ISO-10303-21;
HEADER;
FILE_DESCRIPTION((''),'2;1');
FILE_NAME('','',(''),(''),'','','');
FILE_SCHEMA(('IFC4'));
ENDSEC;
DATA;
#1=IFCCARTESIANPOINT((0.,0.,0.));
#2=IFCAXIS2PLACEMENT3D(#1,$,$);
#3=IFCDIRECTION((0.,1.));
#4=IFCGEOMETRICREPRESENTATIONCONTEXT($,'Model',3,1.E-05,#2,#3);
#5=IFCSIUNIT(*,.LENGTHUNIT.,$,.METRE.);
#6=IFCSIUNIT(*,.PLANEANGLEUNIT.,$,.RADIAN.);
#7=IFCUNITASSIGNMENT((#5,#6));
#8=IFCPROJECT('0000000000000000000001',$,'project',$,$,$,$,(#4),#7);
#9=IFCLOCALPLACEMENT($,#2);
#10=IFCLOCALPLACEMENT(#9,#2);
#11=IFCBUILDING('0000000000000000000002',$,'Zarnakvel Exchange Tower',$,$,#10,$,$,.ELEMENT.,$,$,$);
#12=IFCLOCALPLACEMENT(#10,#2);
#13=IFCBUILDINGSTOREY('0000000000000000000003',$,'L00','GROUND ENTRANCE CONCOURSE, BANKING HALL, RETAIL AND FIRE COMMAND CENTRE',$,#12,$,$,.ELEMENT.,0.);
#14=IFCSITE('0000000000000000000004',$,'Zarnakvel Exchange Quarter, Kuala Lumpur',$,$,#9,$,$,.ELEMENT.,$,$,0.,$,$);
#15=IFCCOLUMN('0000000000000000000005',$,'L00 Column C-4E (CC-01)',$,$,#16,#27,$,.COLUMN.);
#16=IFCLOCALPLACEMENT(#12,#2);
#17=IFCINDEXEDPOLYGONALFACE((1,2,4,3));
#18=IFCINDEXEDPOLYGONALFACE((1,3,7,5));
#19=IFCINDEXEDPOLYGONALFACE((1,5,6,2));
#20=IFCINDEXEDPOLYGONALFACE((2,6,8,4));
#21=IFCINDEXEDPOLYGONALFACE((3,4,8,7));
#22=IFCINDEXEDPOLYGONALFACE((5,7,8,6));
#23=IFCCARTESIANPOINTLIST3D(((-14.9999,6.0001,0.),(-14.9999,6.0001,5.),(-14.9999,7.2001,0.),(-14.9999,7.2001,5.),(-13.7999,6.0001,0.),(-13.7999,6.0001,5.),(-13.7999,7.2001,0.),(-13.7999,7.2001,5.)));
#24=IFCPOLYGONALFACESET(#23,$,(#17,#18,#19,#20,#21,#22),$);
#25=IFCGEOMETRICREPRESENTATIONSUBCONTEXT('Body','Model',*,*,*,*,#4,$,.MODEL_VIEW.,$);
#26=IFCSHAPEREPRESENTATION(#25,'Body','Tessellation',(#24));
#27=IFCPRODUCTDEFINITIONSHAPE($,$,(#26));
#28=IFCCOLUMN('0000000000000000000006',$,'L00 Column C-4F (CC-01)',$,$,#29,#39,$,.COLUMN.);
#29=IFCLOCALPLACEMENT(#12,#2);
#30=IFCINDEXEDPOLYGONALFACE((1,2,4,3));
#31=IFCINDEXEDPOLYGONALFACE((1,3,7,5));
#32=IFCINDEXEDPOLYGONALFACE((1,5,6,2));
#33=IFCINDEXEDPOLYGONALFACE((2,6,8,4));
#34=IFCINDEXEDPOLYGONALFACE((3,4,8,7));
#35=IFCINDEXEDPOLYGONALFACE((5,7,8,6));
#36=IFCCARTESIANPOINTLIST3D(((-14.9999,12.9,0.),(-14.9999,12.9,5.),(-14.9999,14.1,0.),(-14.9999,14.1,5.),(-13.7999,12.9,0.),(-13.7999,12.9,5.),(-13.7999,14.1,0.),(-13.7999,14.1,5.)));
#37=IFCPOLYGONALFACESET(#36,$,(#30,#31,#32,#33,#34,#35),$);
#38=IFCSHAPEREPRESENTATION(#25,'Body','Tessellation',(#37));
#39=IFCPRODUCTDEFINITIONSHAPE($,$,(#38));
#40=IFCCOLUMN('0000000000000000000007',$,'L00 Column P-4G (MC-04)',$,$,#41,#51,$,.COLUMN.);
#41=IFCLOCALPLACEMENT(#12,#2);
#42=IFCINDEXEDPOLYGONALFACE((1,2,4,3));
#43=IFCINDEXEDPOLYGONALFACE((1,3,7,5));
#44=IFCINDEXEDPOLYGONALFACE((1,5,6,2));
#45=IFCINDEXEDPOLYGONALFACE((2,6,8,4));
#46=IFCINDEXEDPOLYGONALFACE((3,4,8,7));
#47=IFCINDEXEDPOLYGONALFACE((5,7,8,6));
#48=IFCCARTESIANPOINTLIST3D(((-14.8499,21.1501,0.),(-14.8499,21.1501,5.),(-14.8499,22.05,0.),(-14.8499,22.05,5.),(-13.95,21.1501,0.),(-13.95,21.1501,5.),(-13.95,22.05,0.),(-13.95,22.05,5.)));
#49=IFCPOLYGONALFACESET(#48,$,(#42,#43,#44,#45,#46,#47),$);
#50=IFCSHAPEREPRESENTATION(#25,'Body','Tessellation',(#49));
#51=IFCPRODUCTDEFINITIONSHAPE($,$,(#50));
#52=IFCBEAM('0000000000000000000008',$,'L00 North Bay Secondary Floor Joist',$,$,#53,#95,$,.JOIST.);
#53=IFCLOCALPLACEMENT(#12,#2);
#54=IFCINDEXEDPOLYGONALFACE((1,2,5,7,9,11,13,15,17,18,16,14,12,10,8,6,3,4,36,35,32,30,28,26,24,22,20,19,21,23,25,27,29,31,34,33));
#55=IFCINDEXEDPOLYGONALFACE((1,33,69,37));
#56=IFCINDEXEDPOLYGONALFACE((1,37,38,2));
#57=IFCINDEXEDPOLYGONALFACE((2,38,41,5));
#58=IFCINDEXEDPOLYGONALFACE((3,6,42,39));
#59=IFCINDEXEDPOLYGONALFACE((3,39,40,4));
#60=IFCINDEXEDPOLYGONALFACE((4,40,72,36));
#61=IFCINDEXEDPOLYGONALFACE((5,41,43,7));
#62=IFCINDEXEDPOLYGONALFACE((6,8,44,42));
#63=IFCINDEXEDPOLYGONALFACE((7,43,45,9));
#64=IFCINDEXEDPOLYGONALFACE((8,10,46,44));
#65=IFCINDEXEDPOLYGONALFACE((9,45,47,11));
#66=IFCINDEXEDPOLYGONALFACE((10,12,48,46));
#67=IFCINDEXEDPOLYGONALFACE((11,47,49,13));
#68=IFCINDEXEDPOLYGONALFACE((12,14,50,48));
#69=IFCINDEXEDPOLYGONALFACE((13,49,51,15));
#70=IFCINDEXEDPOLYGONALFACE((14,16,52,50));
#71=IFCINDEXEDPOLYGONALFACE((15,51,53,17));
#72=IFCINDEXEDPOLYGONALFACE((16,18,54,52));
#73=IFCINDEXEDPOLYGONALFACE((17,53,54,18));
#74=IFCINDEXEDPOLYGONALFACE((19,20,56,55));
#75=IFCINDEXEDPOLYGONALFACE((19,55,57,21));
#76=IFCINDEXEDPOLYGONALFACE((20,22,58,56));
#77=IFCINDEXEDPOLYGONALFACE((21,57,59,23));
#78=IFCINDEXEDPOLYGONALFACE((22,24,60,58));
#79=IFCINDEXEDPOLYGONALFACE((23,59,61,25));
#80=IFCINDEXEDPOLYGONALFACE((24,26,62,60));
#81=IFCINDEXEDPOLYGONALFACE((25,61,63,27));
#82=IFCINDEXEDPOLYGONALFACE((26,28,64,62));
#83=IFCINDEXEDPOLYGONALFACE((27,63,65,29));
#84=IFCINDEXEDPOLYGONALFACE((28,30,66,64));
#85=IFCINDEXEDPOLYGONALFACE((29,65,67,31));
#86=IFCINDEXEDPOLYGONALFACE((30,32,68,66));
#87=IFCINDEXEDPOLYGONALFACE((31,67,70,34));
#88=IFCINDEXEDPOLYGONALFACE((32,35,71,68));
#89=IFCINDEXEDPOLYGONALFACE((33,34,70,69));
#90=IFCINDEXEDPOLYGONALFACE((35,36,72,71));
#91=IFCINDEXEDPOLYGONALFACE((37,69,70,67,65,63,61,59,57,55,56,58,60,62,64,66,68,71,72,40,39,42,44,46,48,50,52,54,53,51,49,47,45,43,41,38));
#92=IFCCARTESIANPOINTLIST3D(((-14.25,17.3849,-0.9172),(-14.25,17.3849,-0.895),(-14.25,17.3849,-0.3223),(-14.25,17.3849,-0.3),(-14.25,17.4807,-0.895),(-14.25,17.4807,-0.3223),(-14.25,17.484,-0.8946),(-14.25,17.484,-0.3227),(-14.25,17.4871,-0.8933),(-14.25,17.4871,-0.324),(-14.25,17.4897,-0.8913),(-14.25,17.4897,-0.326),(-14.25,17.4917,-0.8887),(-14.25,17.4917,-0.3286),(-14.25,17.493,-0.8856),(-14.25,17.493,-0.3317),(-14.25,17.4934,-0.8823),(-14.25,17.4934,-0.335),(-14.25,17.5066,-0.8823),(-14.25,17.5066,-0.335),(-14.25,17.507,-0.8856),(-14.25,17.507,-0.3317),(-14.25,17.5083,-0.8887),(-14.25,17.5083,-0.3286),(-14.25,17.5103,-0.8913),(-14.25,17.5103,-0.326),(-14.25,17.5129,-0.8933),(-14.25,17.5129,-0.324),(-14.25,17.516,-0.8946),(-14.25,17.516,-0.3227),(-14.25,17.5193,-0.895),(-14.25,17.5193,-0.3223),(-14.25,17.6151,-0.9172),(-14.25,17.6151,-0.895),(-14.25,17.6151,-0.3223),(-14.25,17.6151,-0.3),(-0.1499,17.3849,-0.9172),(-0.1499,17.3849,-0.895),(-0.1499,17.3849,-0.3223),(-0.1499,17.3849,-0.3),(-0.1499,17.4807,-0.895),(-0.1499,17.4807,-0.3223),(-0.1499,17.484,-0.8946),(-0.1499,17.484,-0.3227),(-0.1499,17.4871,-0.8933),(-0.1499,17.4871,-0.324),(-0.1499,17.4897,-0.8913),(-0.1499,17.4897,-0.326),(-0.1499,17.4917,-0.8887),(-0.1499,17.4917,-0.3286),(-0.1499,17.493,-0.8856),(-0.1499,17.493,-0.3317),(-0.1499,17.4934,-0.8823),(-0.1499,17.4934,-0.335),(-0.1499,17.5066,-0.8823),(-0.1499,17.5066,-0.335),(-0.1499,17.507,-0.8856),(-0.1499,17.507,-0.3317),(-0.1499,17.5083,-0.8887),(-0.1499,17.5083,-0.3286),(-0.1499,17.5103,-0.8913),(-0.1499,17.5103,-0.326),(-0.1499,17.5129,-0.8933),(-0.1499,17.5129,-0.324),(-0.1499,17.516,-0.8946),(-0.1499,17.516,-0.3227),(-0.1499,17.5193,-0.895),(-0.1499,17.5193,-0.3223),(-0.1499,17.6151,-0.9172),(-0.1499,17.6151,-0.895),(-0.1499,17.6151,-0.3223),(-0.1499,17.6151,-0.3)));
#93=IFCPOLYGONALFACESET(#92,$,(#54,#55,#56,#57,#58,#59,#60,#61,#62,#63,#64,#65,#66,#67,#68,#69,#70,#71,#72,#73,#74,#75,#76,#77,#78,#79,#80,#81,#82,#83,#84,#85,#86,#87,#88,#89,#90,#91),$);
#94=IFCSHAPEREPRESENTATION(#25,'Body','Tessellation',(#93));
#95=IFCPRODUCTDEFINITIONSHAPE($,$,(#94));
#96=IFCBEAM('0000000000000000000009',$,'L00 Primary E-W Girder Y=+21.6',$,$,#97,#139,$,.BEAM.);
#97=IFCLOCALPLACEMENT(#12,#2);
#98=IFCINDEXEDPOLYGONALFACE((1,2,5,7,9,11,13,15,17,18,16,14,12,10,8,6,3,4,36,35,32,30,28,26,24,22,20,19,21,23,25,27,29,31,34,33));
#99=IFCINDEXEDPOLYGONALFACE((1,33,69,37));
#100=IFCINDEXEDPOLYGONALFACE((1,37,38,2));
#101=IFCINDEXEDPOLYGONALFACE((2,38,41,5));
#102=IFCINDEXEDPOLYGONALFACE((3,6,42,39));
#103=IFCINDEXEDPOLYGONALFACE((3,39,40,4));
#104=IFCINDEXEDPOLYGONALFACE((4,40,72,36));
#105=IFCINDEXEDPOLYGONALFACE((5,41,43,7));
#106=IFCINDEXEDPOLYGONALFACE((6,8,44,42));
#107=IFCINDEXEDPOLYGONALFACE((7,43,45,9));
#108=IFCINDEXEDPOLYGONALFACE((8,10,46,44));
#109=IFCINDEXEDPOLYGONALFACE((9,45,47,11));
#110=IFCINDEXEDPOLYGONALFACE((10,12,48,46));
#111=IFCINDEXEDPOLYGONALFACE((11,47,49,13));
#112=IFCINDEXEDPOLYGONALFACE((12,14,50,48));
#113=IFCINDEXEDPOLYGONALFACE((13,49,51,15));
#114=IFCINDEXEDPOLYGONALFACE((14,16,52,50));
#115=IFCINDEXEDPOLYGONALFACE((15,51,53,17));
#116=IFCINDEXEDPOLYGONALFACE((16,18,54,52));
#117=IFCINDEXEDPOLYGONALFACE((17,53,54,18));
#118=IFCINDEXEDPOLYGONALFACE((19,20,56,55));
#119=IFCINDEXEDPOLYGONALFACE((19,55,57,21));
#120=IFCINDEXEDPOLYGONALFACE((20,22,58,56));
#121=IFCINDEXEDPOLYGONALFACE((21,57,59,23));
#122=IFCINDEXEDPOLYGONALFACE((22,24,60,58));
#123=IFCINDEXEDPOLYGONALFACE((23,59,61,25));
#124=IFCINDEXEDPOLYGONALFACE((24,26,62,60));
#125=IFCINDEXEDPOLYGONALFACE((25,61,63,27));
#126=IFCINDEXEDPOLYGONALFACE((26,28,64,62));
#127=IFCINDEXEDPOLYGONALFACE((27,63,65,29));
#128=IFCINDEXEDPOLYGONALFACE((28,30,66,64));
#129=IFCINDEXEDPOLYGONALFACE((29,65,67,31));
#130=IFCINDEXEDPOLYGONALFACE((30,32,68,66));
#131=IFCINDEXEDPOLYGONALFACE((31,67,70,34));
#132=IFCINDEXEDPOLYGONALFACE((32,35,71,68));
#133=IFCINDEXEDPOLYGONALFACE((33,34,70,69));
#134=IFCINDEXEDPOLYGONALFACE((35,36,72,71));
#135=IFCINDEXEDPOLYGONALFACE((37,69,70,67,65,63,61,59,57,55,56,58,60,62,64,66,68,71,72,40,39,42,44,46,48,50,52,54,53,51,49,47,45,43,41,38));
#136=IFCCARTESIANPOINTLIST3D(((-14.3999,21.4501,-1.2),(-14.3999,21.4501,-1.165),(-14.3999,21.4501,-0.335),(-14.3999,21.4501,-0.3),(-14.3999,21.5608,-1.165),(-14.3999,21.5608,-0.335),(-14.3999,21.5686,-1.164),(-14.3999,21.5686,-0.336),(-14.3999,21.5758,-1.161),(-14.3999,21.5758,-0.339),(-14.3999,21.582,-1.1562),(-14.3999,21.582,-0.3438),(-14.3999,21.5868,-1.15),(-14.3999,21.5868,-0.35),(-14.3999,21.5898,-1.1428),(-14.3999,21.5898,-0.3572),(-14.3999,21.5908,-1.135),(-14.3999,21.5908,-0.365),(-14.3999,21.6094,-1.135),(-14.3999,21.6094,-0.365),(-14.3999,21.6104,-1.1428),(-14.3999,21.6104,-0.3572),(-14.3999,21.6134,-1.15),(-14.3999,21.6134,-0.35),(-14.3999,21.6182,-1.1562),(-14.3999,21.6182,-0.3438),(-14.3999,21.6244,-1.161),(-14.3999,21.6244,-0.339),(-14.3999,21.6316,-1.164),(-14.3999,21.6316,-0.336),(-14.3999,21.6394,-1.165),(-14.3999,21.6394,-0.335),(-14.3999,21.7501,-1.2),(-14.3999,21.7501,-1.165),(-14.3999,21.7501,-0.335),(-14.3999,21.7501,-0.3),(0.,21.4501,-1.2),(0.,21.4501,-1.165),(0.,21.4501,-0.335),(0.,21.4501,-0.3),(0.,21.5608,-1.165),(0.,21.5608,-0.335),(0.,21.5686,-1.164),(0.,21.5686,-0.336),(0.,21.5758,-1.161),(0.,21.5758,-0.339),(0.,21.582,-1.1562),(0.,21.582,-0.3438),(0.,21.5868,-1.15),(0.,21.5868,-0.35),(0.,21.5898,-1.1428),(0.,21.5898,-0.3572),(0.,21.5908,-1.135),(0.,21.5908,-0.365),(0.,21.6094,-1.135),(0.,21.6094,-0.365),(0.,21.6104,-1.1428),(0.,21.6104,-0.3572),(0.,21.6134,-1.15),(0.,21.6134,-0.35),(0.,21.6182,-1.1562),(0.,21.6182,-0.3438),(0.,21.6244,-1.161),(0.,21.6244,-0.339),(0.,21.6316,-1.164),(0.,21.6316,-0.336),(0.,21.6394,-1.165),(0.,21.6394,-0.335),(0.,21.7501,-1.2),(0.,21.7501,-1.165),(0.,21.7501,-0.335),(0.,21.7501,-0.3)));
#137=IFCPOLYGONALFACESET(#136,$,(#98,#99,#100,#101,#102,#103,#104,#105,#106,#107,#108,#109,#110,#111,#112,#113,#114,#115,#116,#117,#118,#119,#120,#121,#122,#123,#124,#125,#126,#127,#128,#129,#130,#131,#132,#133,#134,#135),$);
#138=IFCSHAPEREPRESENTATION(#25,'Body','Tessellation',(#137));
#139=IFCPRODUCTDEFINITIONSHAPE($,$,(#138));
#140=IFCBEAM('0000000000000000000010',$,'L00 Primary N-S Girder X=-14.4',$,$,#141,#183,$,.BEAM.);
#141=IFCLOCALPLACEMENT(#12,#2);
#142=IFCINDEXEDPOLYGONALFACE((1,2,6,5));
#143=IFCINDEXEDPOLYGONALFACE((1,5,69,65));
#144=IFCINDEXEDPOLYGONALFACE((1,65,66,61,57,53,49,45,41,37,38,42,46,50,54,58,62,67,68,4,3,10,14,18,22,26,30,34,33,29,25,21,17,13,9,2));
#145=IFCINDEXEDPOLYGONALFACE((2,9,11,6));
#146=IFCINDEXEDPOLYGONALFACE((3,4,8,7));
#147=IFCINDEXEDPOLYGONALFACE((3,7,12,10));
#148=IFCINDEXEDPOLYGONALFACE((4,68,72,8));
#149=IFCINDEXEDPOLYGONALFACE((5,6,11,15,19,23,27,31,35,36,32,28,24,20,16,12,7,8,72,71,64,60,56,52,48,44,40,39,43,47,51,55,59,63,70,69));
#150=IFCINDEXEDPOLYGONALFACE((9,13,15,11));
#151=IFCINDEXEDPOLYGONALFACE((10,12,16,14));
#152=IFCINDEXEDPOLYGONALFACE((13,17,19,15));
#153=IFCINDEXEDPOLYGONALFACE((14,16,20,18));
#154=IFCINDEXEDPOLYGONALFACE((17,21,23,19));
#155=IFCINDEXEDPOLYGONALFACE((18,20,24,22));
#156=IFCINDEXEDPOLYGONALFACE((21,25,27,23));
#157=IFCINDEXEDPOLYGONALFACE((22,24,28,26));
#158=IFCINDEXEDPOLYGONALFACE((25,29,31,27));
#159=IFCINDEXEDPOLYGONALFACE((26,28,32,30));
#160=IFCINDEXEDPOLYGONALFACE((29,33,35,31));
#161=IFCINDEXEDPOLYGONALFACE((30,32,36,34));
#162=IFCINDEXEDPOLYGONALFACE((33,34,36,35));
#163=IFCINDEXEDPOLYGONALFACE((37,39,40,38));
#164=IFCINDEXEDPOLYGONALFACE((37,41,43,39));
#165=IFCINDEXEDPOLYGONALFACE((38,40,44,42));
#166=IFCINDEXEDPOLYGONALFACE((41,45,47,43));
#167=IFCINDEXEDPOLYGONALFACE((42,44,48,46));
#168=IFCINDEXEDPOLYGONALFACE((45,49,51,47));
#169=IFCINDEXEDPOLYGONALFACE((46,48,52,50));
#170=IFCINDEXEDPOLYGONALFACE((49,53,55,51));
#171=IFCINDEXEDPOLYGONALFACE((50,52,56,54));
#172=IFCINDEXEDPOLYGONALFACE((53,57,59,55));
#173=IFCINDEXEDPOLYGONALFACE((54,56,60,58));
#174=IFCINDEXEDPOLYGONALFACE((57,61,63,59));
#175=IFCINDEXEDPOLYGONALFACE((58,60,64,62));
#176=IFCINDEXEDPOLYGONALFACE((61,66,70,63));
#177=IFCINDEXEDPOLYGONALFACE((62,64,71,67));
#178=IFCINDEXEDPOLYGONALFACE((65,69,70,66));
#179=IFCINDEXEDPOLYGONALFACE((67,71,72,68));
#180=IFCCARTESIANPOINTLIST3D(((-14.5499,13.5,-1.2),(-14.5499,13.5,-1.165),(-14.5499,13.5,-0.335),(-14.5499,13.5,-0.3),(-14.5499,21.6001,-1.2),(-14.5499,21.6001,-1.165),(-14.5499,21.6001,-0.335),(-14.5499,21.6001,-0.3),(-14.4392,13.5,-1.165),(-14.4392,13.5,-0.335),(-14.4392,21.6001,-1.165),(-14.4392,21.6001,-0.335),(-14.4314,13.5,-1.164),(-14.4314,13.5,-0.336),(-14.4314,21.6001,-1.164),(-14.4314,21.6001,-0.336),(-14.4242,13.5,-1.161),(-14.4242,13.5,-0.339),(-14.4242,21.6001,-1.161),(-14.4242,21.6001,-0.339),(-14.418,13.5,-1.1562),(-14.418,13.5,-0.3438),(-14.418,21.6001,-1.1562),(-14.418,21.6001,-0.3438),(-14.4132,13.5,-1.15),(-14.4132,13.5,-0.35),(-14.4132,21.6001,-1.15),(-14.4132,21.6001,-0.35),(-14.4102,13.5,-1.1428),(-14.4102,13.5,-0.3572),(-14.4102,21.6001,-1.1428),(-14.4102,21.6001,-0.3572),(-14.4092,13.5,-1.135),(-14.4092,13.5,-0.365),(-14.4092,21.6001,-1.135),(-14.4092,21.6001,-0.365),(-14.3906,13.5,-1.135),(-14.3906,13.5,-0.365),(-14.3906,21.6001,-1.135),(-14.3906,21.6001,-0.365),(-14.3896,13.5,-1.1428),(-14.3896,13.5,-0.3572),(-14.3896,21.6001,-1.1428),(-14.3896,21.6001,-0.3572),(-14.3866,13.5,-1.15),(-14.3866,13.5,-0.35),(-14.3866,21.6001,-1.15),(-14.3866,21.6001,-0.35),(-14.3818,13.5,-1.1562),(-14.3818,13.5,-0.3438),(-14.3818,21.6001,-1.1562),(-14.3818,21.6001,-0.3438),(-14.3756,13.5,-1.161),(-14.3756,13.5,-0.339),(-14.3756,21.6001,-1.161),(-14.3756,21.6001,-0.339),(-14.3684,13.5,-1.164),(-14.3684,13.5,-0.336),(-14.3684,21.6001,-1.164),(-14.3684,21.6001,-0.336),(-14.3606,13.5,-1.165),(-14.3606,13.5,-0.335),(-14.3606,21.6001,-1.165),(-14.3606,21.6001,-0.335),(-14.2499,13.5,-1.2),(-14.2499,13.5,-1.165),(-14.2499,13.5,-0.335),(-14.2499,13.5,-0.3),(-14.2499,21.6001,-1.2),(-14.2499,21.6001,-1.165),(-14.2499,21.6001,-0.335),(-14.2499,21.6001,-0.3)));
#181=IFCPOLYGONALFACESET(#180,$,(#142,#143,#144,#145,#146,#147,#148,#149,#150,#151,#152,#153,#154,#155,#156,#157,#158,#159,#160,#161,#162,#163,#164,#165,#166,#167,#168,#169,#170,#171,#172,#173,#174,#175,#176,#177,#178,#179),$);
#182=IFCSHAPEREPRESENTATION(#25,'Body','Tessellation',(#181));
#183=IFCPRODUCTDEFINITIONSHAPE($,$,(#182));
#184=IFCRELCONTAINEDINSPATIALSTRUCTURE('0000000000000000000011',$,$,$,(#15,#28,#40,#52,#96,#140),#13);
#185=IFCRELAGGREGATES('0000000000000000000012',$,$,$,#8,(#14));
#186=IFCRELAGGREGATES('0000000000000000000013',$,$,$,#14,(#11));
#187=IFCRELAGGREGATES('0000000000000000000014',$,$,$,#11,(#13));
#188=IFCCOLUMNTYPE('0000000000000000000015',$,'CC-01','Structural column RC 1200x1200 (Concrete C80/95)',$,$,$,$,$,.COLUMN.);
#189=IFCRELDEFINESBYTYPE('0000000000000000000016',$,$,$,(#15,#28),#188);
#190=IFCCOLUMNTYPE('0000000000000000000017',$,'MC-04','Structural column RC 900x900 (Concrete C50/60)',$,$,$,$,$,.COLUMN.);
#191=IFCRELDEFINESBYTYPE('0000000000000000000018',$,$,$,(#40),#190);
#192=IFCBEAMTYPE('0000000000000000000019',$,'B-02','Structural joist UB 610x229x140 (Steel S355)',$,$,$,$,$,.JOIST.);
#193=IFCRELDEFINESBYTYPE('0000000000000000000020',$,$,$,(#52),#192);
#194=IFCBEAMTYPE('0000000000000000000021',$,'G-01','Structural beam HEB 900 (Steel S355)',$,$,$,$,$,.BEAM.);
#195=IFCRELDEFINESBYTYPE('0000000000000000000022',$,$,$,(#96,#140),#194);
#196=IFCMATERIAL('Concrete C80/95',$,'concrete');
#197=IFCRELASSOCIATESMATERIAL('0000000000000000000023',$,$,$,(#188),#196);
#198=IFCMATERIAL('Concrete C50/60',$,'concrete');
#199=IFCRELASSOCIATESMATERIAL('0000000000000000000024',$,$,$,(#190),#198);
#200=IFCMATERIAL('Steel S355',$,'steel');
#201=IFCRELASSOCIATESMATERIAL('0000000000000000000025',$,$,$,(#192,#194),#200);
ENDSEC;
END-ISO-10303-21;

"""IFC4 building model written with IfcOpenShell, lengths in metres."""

from ifc_helpers import new_model, si_unit, direction, frame, origin, origin_2d, place, context, subcontext, project, spatial, rectangle, i_section, extrude, material, material_profile, profile_set, type_object, element, save


model = new_model("IFC4")

# Units and contexts
model_context = context("Model", 3, precision=1e-05, world=origin(), true_north=direction((0.0, 1.0)))
body_context = subcontext(model_context, "Body", "Model", "MODEL_VIEW")
ifc_project = project(units=[si_unit("LENGTHUNIT", "METRE"), si_unit("PLANEANGLEUNIT", "RADIAN")], contexts=[model_context])

# Site, building, storey
site_placement = place(None, origin())
site = spatial("IfcSite", under=ifc_project, at=site_placement, Name="Zarnakvel Exchange Quarter, Kuala Lumpur", CompositionType="ELEMENT", RefElevation=0.0)
building_placement = place(site_placement, origin())
building = spatial("IfcBuilding", under=site, at=building_placement, Name="Zarnakvel Exchange Tower", CompositionType="ELEMENT")
storey_placement = place(building_placement, origin())
storey = spatial("IfcBuildingStorey", under=building, at=storey_placement, Name="L00", Description="GROUND ENTRANCE CONCOURSE, BANKING HALL, RETAIL AND FIRE COMMAND CENTRE", CompositionType="ELEMENT", Elevation=0.0)

# Columns
ifc_material_1 = material(Name="Concrete C80/95", Category="concrete")
ifc_material_profile_1 = material_profile(ifc_material_1, rectangle(XDim=1.2, YDim=1.2, at=origin_2d()))
ifc_profile_set_1 = profile_set([ifc_material_profile_1], Name="Concrete C80/95")
column_type_1 = type_object("IfcColumnType", Name="CC-01", Description="Structural column RC 1200x1200 (Concrete C80/95)", PredefinedType="COLUMN", material=ifc_profile_set_1)
for number, where, z_axis, x_axis, name in (
    (1, (-14.3999, 6.6001, 0.0), (0.0, 0.0, 1.0), (1.0, 0.0, 0.0), "L00 Column C-4E (CC-01)"),
    (2, (-14.3999, 13.5, 0.0), (0.0, 0.0, 1.0), (1.0, 0.0, 0.0), "L00 Column C-4F (CC-01)"),
):
    element("IfcColumn", number, at=place(storey_placement, frame(where, z_axis=z_axis, x_axis=x_axis)), inside=storey, type_object=column_type_1, Name=name, PredefinedType="COLUMN", context=body_context, shape_type="SweptSolid", body=[
        extrude(rectangle(XDim=1.2, YDim=1.2, at=origin_2d()), origin(), (0.0, 0.0, 1.0), 5.0),
    ])
ifc_material_2 = material(Name="Concrete C50/60", Category="concrete")
ifc_material_profile_2 = material_profile(ifc_material_2, rectangle(XDim=0.8999, YDim=0.8999, at=origin_2d()))
ifc_profile_set_2 = profile_set([ifc_material_profile_2], Name="Concrete C50/60")
column_type_2 = type_object("IfcColumnType", Name="MC-04", Description="Structural column RC 900x900 (Concrete C50/60)", PredefinedType="COLUMN", material=ifc_profile_set_2)
column_placement = place(storey_placement, frame((-14.3999, 21.6001, 0.0), z_axis=(0.0, 0.0, 1.0), x_axis=(1.0, 0.0, 0.0)))
element("IfcColumn", 3, at=column_placement, inside=storey, type_object=column_type_2, Name="L00 Column P-4G (MC-04)", PredefinedType="COLUMN", context=body_context, shape_type="SweptSolid", body=[
    extrude(rectangle(XDim=0.8999, YDim=0.8999, at=origin_2d()), origin(), (0.0, 0.0, 1.0), 5.0),
])

# Beams
ifc_material_3 = material(Name="Steel S355", Category="steel")
ifc_material_profile_3 = material_profile(ifc_material_3, i_section(OverallWidth=0.2302, OverallDepth=0.6172, WebThickness=0.0132, FlangeThickness=0.0222, FilletRadius=0.0127, at=origin_2d()))
ifc_profile_set_3 = profile_set([ifc_material_profile_3], Name="Steel S355")
beam_type_1 = type_object("IfcBeamType", Name="B-02", Description="Structural joist UB 610x229x140 (Steel S355)", PredefinedType="JOIST", material=ifc_profile_set_3)
beam_1_placement = place(storey_placement, frame((-14.25, 17.5, -0.6086), z_axis=(1.0, 0.0, 0.0), x_axis=(0.0, 1.0, 0.0)))
element("IfcBeam", 4, at=beam_1_placement, inside=storey, type_object=beam_type_1, Name="L00 North Bay Secondary Floor Joist", PredefinedType="JOIST", context=body_context, shape_type="SweptSolid", body=[
    extrude(i_section(OverallWidth=0.2302, OverallDepth=0.6172, WebThickness=0.0132, FlangeThickness=0.0222, FilletRadius=0.0127, at=origin_2d()), origin(), (0.0, 0.0, 1.0), 14.1001),
])
ifc_material_profile_4 = material_profile(ifc_material_3, i_section(OverallWidth=0.3, OverallDepth=0.8999, WebThickness=0.0186, FlangeThickness=0.0349, FilletRadius=0.03, at=origin_2d()))
ifc_profile_set_4 = profile_set([ifc_material_profile_4], Name="Steel S355")
beam_type_2 = type_object("IfcBeamType", Name="G-01", Description="Structural beam HEB 900 (Steel S355)", PredefinedType="BEAM", material=ifc_profile_set_4)
beam_2_placement = place(storey_placement, frame((-14.3999, 21.6001, -0.75), z_axis=(1.0, 0.0, 0.0), x_axis=(0.0, 1.0, 0.0)))
element("IfcBeam", 5, at=beam_2_placement, inside=storey, type_object=beam_type_2, Name="L00 Primary E-W Girder Y=+21.6", PredefinedType="BEAM", context=body_context, shape_type="SweptSolid", body=[
    extrude(i_section(OverallWidth=0.3, OverallDepth=0.8999, WebThickness=0.0186, FlangeThickness=0.0349, FilletRadius=0.03, at=origin_2d()), origin(), (0.0, 0.0, 1.0), 14.3999),
])
beam_3_placement = place(storey_placement, frame((-14.3999, 13.5, -0.75), z_axis=(0.0, 1.0, 0.0), x_axis=(-1.0, 0.0, 0.0)))
element("IfcBeam", 6, at=beam_3_placement, inside=storey, type_object=beam_type_2, Name="L00 Primary N-S Girder X=-14.4", PredefinedType="BEAM", context=body_context, shape_type="SweptSolid", body=[
    extrude(i_section(OverallWidth=0.3, OverallDepth=0.8999, WebThickness=0.0186, FlangeThickness=0.0349, FilletRadius=0.03, at=origin_2d()), origin(), (0.0, 0.0, 1.0), 8.1001),
])

save(model, "model.ifc")
